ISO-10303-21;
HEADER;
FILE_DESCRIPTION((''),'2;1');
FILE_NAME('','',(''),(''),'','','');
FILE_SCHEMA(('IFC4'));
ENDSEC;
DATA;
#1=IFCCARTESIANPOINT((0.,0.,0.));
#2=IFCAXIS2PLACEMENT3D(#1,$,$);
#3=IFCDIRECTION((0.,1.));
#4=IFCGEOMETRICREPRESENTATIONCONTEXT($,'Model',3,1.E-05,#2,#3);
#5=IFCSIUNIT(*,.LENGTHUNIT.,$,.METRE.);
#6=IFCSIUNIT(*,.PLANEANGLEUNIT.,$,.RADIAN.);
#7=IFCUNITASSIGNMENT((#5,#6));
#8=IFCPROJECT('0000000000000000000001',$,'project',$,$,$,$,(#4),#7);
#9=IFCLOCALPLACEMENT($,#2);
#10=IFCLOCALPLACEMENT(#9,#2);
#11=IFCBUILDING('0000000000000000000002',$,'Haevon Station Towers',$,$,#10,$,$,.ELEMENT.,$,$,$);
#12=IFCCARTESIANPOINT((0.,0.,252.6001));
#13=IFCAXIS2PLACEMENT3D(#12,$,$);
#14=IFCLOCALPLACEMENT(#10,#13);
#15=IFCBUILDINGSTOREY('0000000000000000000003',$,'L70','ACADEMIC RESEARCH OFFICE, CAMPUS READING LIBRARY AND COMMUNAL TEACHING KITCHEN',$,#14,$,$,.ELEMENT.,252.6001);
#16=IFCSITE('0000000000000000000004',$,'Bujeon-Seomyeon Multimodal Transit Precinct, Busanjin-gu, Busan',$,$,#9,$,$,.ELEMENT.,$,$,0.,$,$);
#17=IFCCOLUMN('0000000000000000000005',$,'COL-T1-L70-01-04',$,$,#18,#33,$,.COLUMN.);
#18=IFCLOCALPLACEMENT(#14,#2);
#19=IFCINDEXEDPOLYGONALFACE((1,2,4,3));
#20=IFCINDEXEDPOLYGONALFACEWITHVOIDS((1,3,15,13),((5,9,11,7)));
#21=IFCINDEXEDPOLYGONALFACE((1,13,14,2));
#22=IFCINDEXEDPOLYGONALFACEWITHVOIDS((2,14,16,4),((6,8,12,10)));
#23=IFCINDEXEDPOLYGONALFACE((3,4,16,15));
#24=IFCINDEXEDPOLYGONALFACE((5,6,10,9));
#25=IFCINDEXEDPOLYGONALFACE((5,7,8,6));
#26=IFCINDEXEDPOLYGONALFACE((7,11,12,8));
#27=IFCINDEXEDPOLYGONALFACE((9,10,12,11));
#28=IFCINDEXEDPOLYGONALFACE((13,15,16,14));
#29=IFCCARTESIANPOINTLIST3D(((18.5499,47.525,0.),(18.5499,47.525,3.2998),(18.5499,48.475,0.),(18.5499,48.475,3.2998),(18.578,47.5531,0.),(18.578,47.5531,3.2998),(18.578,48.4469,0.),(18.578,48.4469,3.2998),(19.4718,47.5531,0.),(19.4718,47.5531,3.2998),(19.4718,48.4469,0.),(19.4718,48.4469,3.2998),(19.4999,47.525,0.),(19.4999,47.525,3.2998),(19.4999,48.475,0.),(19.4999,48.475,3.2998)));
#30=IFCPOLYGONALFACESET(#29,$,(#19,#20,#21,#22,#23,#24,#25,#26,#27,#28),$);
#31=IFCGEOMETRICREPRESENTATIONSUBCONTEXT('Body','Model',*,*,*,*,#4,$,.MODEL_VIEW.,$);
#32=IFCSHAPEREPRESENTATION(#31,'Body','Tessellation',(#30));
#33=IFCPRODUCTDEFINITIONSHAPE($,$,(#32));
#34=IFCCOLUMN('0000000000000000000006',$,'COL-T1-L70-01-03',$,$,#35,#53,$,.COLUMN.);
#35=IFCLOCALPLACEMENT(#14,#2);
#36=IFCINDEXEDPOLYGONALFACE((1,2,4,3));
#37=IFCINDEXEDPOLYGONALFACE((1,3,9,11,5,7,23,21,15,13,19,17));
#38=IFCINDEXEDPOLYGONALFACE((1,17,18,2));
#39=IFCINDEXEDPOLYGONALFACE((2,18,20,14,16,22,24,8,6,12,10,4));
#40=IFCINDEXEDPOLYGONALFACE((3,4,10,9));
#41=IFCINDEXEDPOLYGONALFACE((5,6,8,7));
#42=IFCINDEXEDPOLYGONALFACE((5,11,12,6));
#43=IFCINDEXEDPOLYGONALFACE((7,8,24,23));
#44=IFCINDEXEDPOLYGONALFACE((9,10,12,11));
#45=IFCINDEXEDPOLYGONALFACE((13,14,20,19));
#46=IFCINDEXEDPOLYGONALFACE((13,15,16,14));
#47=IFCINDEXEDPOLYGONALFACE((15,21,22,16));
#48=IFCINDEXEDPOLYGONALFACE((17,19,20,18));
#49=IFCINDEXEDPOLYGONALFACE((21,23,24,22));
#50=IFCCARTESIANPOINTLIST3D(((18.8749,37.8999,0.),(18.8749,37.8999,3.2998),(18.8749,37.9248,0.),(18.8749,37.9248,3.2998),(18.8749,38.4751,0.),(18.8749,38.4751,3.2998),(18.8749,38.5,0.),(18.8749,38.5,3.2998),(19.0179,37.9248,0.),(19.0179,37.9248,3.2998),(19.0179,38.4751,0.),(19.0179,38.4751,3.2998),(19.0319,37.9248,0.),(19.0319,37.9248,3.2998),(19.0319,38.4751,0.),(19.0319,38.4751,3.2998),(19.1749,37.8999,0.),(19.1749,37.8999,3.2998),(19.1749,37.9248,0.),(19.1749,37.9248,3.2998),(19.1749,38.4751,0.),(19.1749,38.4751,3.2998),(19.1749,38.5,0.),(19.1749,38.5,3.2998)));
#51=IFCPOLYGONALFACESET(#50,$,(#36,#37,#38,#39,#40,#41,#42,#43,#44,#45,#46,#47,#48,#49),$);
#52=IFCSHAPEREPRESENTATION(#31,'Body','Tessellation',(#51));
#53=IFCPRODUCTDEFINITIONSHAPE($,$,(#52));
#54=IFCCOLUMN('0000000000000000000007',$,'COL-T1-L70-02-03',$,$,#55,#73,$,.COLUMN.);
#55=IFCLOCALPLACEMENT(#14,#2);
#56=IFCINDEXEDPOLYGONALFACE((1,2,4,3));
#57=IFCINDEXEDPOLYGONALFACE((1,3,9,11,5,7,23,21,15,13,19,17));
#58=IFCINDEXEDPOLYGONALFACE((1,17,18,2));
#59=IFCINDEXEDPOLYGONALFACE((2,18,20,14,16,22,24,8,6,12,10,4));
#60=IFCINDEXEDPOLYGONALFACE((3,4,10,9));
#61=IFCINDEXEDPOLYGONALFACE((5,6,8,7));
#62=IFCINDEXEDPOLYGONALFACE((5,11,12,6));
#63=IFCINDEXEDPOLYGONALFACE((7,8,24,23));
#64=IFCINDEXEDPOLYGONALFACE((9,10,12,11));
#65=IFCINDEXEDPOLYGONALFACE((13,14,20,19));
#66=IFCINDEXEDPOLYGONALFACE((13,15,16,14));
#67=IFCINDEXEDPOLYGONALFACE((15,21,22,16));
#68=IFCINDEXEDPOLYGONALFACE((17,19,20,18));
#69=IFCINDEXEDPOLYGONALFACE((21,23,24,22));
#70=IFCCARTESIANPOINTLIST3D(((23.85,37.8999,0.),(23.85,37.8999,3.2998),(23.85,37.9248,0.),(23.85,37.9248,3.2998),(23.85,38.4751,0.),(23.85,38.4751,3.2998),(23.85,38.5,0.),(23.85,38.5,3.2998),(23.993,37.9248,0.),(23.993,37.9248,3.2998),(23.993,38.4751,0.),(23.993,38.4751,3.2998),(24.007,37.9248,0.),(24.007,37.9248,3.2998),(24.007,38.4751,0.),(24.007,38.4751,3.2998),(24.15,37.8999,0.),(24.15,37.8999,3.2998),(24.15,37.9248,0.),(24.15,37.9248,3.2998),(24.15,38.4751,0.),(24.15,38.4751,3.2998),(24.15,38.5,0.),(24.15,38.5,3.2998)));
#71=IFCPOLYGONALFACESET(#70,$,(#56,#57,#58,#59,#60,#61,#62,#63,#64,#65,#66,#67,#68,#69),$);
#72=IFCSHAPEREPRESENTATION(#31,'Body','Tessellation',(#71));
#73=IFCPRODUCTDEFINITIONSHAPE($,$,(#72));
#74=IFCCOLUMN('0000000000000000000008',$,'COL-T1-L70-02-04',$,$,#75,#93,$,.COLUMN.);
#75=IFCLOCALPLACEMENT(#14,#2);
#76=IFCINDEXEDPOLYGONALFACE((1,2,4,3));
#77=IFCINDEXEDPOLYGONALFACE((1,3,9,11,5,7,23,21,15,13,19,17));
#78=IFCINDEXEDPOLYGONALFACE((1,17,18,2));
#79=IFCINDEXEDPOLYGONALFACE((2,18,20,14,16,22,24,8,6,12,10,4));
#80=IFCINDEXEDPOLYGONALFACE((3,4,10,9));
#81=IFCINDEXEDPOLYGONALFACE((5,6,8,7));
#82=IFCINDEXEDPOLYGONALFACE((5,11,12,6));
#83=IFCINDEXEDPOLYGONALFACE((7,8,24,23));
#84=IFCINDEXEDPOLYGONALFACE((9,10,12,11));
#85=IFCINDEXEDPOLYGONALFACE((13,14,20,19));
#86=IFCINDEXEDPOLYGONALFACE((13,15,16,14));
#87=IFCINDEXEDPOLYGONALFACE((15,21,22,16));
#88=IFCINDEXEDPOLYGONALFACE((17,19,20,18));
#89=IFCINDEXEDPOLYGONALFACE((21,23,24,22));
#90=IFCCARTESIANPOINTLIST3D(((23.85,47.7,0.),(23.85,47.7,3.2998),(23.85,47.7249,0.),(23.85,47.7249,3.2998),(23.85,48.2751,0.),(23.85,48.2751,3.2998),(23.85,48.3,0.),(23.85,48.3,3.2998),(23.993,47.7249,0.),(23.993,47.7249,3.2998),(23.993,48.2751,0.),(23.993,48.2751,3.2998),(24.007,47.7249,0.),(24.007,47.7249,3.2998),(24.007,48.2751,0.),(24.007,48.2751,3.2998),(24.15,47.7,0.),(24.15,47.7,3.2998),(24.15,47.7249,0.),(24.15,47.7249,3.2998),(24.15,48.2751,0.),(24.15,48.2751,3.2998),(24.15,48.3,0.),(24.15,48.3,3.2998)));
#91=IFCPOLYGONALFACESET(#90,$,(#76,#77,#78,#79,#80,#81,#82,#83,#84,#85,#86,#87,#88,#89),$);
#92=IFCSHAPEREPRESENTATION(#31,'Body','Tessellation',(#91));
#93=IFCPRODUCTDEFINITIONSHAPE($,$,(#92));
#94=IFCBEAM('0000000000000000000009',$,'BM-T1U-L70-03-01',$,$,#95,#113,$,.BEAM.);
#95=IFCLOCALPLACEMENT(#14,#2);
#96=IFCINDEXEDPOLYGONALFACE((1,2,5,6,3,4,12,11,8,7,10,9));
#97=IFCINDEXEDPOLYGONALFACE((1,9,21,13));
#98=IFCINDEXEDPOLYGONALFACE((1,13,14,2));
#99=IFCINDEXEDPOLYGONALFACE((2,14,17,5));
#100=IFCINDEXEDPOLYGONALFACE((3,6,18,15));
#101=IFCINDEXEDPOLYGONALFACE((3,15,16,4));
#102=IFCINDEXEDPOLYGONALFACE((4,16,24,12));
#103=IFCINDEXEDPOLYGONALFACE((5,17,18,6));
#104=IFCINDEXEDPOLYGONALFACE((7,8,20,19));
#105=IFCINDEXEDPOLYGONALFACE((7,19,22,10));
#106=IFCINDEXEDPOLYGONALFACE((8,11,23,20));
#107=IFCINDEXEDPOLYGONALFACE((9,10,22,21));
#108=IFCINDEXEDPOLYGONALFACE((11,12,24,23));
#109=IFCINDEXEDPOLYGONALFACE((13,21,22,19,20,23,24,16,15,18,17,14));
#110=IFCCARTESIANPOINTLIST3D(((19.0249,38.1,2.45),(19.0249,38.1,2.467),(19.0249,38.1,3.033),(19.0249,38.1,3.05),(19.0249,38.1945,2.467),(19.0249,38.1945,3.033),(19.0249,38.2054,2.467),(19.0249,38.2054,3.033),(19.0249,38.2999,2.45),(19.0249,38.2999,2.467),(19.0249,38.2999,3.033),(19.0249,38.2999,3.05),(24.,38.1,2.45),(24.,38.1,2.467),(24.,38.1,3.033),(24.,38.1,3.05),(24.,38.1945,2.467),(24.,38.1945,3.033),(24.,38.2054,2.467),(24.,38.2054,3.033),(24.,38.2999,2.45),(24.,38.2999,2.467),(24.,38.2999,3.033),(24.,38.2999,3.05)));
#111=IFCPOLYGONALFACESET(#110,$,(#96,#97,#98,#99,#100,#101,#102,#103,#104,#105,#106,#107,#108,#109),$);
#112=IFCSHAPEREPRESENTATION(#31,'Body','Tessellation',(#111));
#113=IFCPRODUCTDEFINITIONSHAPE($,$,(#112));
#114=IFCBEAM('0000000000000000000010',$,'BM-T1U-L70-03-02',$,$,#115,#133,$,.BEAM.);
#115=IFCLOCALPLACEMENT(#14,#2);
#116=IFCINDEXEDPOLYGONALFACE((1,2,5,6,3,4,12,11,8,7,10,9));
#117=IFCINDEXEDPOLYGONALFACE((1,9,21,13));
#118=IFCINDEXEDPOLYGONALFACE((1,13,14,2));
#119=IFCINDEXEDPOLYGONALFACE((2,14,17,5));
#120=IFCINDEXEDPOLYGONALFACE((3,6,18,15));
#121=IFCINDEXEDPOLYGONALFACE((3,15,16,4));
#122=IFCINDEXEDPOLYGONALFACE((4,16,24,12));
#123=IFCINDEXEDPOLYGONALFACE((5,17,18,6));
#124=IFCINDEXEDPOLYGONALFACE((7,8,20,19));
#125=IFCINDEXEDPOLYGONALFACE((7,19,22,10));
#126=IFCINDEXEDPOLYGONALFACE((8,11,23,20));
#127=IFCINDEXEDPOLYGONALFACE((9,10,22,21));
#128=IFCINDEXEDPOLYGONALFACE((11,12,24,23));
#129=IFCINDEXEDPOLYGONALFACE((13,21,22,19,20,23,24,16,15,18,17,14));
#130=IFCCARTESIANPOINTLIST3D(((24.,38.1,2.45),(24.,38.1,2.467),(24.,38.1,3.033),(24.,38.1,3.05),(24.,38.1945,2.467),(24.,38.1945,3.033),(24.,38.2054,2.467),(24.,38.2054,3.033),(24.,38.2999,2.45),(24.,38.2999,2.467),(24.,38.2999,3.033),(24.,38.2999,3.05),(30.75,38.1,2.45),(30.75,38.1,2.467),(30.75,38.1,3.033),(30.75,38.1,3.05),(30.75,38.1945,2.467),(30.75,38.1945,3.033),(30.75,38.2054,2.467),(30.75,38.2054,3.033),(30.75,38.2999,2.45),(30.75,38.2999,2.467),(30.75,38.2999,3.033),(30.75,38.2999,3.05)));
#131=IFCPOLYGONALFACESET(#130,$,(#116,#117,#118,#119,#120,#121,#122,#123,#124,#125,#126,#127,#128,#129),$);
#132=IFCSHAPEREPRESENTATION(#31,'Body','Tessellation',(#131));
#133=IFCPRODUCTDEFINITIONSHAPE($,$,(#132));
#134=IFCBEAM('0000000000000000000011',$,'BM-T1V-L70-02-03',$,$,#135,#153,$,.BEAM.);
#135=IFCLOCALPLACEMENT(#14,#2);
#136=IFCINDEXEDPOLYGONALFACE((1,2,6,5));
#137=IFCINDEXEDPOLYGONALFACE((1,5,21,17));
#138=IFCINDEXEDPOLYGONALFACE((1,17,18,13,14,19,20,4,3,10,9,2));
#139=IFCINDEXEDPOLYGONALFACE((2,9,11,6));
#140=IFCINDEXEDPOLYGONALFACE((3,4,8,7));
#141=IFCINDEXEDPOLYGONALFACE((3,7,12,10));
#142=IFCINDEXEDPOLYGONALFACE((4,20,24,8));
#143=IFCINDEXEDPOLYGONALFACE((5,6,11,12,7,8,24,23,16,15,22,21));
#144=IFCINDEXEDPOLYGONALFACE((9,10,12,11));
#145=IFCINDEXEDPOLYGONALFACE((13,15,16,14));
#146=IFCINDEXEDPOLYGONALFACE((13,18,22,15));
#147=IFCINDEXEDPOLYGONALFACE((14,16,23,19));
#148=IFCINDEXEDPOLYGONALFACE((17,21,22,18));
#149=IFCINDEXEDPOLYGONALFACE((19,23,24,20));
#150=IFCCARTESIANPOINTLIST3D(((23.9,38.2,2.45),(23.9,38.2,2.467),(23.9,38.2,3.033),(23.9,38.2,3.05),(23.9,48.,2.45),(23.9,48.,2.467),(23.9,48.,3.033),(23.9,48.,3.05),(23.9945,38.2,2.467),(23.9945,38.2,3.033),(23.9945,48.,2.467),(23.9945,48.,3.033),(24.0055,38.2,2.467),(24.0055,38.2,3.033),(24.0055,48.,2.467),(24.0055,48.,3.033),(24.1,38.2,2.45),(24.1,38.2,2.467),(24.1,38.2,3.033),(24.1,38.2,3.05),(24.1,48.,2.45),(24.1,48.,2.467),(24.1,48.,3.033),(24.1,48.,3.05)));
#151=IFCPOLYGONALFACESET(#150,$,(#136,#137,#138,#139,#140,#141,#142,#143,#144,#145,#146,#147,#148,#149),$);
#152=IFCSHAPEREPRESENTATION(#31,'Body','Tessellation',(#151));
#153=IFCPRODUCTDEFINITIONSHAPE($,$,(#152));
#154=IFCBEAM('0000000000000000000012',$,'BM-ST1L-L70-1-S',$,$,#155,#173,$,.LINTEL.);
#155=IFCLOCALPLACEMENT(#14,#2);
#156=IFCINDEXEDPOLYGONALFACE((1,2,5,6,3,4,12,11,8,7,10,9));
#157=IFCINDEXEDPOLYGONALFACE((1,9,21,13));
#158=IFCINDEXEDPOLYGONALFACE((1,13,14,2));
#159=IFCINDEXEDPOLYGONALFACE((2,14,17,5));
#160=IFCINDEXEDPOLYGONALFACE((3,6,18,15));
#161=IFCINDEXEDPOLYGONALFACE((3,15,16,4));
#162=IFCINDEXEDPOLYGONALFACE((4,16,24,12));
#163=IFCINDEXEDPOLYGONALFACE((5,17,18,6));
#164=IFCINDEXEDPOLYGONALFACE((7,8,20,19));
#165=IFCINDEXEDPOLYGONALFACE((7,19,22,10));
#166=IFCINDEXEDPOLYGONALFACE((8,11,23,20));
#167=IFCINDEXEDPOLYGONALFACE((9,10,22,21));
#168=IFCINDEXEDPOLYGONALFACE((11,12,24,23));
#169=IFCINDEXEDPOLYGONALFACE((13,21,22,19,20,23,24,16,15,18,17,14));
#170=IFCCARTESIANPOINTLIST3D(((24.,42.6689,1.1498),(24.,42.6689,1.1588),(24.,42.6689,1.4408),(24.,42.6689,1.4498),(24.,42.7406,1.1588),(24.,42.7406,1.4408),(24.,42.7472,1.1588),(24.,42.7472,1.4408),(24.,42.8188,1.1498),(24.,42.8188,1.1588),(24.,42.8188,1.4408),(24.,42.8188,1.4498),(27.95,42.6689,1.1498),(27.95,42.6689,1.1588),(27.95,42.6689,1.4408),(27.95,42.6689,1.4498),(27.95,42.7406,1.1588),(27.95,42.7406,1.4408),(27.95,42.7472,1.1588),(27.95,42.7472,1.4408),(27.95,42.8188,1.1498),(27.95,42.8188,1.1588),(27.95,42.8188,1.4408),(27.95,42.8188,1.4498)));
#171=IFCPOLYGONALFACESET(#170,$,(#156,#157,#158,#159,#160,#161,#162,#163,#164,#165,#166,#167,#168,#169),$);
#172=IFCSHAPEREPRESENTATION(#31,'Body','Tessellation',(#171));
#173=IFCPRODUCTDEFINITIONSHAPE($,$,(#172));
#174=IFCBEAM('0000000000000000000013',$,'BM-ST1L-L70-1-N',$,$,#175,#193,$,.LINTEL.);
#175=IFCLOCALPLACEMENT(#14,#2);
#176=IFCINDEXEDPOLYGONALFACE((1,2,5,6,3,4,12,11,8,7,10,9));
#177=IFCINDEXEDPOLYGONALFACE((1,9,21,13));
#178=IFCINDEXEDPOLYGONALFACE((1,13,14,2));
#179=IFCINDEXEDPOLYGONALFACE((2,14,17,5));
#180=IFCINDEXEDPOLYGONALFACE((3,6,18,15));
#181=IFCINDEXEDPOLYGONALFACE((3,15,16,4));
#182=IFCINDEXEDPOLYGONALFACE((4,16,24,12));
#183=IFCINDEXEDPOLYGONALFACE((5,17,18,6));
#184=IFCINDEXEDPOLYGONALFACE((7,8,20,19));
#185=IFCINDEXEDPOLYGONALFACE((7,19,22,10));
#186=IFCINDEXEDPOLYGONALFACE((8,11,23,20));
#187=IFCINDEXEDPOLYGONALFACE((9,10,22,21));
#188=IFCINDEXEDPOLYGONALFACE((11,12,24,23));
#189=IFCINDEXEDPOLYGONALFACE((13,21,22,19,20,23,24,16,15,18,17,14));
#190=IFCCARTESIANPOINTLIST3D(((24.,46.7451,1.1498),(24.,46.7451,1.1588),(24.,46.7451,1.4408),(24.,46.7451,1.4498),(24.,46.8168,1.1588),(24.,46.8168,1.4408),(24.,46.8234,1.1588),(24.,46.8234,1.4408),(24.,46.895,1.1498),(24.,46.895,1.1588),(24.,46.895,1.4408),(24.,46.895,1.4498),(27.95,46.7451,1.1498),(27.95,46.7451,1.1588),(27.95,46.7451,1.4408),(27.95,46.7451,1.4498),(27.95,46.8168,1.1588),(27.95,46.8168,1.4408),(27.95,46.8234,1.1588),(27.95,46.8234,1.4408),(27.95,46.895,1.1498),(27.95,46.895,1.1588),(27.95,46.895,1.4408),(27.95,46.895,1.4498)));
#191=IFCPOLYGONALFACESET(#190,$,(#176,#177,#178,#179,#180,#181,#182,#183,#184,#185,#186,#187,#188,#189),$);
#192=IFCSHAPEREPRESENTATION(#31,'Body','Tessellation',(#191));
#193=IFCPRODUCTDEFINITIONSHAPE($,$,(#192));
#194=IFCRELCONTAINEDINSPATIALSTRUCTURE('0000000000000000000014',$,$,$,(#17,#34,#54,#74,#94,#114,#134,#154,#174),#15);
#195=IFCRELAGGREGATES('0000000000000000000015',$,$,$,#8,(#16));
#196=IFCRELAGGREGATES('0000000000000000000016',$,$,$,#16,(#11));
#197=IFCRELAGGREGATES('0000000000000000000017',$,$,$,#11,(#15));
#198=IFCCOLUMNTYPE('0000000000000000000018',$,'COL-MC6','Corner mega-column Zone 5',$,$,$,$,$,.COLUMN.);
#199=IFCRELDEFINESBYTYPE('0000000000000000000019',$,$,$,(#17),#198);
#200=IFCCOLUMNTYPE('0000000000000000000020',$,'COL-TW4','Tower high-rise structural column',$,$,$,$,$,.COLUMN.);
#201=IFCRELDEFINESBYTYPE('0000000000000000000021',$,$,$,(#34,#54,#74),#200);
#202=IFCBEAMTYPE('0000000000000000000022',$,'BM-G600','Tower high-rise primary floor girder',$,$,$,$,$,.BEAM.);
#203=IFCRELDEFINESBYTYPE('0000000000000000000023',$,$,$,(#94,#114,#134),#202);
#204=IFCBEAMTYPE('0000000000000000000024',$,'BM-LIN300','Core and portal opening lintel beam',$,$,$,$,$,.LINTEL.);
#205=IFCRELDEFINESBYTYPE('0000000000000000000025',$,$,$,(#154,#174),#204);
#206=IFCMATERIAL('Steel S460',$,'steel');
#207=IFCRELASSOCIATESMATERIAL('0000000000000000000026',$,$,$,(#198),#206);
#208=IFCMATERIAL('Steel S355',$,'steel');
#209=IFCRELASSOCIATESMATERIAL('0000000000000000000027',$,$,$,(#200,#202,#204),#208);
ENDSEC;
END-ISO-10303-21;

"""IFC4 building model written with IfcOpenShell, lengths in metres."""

from ifc_helpers import new_model, si_unit, direction, frame, origin, origin_2d, place, context, subcontext, project, spatial, hollow_rectangle, i_section, extrude, material, material_profile, profile_set, type_object, element, save


model = new_model("IFC4")

# Units and contexts
model_context = context("Model", 3, precision=1e-05, world=origin(), true_north=direction((0.0, 1.0)))
body_context = subcontext(model_context, "Body", "Model", "MODEL_VIEW")
ifc_project = project(units=[si_unit("LENGTHUNIT", "METRE"), si_unit("PLANEANGLEUNIT", "RADIAN")], contexts=[model_context])

# Site, building, storey
site_placement = place(None, origin())
site = spatial("IfcSite", under=ifc_project, at=site_placement, Name="Bujeon-Seomyeon Multimodal Transit Precinct, Busanjin-gu, Busan", CompositionType="ELEMENT", RefElevation=0.0)
building_placement = place(site_placement, origin())
building = spatial("IfcBuilding", under=site, at=building_placement, Name="Haevon Station Towers", CompositionType="ELEMENT")
storey_placement = place(building_placement, frame((0.0, 0.0, 252.6001)))
storey = spatial("IfcBuildingStorey", under=building, at=storey_placement, Name="L70", Description="ACADEMIC RESEARCH OFFICE, CAMPUS READING LIBRARY AND COMMUNAL TEACHING KITCHEN", CompositionType="ELEMENT", Elevation=252.6001)

# Columns
ifc_material_1 = material(Name="Steel S460", Category="steel")
ifc_material_profile_1 = material_profile(ifc_material_1, hollow_rectangle(XDim=0.95, YDim=0.95, WallThickness=0.0281, at=origin_2d()), Name="BOX-950x950x28")
ifc_profile_set_1 = profile_set([ifc_material_profile_1], Name="Steel S460")
column_type_1 = type_object("IfcColumnType", Name="COL-MC6", Description="Corner mega-column Zone 5", PredefinedType="COLUMN", material=ifc_profile_set_1)
column_placement = place(storey_placement, frame((19.0249, 48.0, 0.0), z_axis=(0.0, 0.0, 1.0), x_axis=(1.0, 0.0, 0.0)))
element("IfcColumn", 1, at=column_placement, inside=storey, type_object=column_type_1, Name="COL-T1-L70-01-04", PredefinedType="COLUMN", context=body_context, shape_type="SweptSolid", body=[
    extrude(hollow_rectangle(XDim=0.95, YDim=0.95, WallThickness=0.0281, at=origin_2d()), origin(), (0.0, 0.0, 1.0), 3.2998),
])
ifc_material_2 = material(Name="Steel S355", Category="steel")
ifc_material_profile_2 = material_profile(ifc_material_2, i_section(OverallWidth=0.3, OverallDepth=0.6001, WebThickness=0.0139, FlangeThickness=0.0249, at=origin_2d()), Name="H-600x300x14x25")
ifc_profile_set_2 = profile_set([ifc_material_profile_2], Name="Steel S355")
column_type_2 = type_object("IfcColumnType", Name="COL-TW4", Description="Tower high-rise structural column", PredefinedType="COLUMN", material=ifc_profile_set_2)
for number, where, z_axis, x_axis, name in (
    (2, (19.0249, 38.2, 0.0), (0.0, 0.0, 1.0), (1.0, 0.0, 0.0), "COL-T1-L70-01-03"),
    (3, (24.0, 38.2, 0.0), (0.0, 0.0, 1.0), (1.0, 0.0, 0.0), "COL-T1-L70-02-03"),
    (4, (24.0, 48.0, 0.0), (0.0, 0.0, 1.0), (1.0, 0.0, 0.0), "COL-T1-L70-02-04"),
):
    element("IfcColumn", number, at=place(storey_placement, frame(where, z_axis=z_axis, x_axis=x_axis)), inside=storey, type_object=column_type_2, Name=name, PredefinedType="COLUMN", context=body_context, shape_type="SweptSolid", body=[
        extrude(i_section(OverallWidth=0.3, OverallDepth=0.6001, WebThickness=0.0139, FlangeThickness=0.0249, at=origin_2d()), origin(), (0.0, 0.0, 1.0), 3.2998),
    ])

# Beams
ifc_material_profile_3 = material_profile(ifc_material_2, i_section(OverallWidth=0.2, OverallDepth=0.6001, WebThickness=0.011, FlangeThickness=0.0171, at=origin_2d()), Name="H-600x200x11x17")
ifc_profile_set_3 = profile_set([ifc_material_profile_3], Name="Steel S355")
beam_type_1 = type_object("IfcBeamType", Name="BM-G600", Description="Tower high-rise primary floor girder", PredefinedType="BEAM", material=ifc_profile_set_3)
beam_1_placement = place(storey_placement, frame((19.0249, 38.2, 2.75), z_axis=(1.0, 0.0, 0.0), x_axis=(0.0, 1.0, 0.0)))
element("IfcBeam", 5, at=beam_1_placement, inside=storey, type_object=beam_type_1, Name="BM-T1U-L70-03-01", PredefinedType="BEAM", context=body_context, shape_type="SweptSolid", body=[
    extrude(i_section(OverallWidth=0.2, OverallDepth=0.6001, WebThickness=0.011, FlangeThickness=0.0171, at=origin_2d()), origin(), (0.0, 0.0, 1.0), 4.9751),
])
beam_2_placement = place(storey_placement, frame((24.0, 38.2, 2.75), z_axis=(1.0, 0.0, 0.0), x_axis=(0.0, 1.0, 0.0)))
element("IfcBeam", 6, at=beam_2_placement, inside=storey, type_object=beam_type_1, Name="BM-T1U-L70-03-02", PredefinedType="BEAM", context=body_context, shape_type="SweptSolid", body=[
    extrude(i_section(OverallWidth=0.2, OverallDepth=0.6001, WebThickness=0.011, FlangeThickness=0.0171, at=origin_2d()), origin(), (0.0, 0.0, 1.0), 6.75),
])
beam_3_placement = place(storey_placement, frame((24.0, 38.2, 2.75), z_axis=(0.0, 1.0, 0.0), x_axis=(-1.0, 0.0, 0.0)))
element("IfcBeam", 7, at=beam_3_placement, inside=storey, type_object=beam_type_1, Name="BM-T1V-L70-02-03", PredefinedType="BEAM", context=body_context, shape_type="SweptSolid", body=[
    extrude(i_section(OverallWidth=0.2, OverallDepth=0.6001, WebThickness=0.011, FlangeThickness=0.0171, at=origin_2d()), origin(), (0.0, 0.0, 1.0), 9.8),
])
ifc_material_profile_4 = material_profile(ifc_material_2, i_section(OverallWidth=0.1499, OverallDepth=0.3, WebThickness=0.0066, FlangeThickness=0.009, at=origin_2d()), Name="H-300x150x6.5x9")
ifc_profile_set_4 = profile_set([ifc_material_profile_4], Name="Steel S355")
beam_type_2 = type_object("IfcBeamType", Name="BM-LIN300", Description="Core and portal opening lintel beam", PredefinedType="LINTEL", material=ifc_profile_set_4)
for number, where, z_axis, x_axis, name in (
    (8, (24.0, 42.7439, 1.2998), (1.0, 0.0, 0.0), (0.0, 1.0, 0.0), "BM-ST1L-L70-1-S"),
    (9, (24.0, 46.8201, 1.2998), (1.0, 0.0, 0.0), (0.0, 1.0, 0.0), "BM-ST1L-L70-1-N"),
):
    element("IfcBeam", number, at=place(storey_placement, frame(where, z_axis=z_axis, x_axis=x_axis)), inside=storey, type_object=beam_type_2, Name=name, PredefinedType="LINTEL", context=body_context, shape_type="SweptSolid", body=[
        extrude(i_section(OverallWidth=0.1499, OverallDepth=0.3, WebThickness=0.0066, FlangeThickness=0.009, at=origin_2d()), origin(), (0.0, 0.0, 1.0), 3.95),
    ])

save(model, "model.ifc")
